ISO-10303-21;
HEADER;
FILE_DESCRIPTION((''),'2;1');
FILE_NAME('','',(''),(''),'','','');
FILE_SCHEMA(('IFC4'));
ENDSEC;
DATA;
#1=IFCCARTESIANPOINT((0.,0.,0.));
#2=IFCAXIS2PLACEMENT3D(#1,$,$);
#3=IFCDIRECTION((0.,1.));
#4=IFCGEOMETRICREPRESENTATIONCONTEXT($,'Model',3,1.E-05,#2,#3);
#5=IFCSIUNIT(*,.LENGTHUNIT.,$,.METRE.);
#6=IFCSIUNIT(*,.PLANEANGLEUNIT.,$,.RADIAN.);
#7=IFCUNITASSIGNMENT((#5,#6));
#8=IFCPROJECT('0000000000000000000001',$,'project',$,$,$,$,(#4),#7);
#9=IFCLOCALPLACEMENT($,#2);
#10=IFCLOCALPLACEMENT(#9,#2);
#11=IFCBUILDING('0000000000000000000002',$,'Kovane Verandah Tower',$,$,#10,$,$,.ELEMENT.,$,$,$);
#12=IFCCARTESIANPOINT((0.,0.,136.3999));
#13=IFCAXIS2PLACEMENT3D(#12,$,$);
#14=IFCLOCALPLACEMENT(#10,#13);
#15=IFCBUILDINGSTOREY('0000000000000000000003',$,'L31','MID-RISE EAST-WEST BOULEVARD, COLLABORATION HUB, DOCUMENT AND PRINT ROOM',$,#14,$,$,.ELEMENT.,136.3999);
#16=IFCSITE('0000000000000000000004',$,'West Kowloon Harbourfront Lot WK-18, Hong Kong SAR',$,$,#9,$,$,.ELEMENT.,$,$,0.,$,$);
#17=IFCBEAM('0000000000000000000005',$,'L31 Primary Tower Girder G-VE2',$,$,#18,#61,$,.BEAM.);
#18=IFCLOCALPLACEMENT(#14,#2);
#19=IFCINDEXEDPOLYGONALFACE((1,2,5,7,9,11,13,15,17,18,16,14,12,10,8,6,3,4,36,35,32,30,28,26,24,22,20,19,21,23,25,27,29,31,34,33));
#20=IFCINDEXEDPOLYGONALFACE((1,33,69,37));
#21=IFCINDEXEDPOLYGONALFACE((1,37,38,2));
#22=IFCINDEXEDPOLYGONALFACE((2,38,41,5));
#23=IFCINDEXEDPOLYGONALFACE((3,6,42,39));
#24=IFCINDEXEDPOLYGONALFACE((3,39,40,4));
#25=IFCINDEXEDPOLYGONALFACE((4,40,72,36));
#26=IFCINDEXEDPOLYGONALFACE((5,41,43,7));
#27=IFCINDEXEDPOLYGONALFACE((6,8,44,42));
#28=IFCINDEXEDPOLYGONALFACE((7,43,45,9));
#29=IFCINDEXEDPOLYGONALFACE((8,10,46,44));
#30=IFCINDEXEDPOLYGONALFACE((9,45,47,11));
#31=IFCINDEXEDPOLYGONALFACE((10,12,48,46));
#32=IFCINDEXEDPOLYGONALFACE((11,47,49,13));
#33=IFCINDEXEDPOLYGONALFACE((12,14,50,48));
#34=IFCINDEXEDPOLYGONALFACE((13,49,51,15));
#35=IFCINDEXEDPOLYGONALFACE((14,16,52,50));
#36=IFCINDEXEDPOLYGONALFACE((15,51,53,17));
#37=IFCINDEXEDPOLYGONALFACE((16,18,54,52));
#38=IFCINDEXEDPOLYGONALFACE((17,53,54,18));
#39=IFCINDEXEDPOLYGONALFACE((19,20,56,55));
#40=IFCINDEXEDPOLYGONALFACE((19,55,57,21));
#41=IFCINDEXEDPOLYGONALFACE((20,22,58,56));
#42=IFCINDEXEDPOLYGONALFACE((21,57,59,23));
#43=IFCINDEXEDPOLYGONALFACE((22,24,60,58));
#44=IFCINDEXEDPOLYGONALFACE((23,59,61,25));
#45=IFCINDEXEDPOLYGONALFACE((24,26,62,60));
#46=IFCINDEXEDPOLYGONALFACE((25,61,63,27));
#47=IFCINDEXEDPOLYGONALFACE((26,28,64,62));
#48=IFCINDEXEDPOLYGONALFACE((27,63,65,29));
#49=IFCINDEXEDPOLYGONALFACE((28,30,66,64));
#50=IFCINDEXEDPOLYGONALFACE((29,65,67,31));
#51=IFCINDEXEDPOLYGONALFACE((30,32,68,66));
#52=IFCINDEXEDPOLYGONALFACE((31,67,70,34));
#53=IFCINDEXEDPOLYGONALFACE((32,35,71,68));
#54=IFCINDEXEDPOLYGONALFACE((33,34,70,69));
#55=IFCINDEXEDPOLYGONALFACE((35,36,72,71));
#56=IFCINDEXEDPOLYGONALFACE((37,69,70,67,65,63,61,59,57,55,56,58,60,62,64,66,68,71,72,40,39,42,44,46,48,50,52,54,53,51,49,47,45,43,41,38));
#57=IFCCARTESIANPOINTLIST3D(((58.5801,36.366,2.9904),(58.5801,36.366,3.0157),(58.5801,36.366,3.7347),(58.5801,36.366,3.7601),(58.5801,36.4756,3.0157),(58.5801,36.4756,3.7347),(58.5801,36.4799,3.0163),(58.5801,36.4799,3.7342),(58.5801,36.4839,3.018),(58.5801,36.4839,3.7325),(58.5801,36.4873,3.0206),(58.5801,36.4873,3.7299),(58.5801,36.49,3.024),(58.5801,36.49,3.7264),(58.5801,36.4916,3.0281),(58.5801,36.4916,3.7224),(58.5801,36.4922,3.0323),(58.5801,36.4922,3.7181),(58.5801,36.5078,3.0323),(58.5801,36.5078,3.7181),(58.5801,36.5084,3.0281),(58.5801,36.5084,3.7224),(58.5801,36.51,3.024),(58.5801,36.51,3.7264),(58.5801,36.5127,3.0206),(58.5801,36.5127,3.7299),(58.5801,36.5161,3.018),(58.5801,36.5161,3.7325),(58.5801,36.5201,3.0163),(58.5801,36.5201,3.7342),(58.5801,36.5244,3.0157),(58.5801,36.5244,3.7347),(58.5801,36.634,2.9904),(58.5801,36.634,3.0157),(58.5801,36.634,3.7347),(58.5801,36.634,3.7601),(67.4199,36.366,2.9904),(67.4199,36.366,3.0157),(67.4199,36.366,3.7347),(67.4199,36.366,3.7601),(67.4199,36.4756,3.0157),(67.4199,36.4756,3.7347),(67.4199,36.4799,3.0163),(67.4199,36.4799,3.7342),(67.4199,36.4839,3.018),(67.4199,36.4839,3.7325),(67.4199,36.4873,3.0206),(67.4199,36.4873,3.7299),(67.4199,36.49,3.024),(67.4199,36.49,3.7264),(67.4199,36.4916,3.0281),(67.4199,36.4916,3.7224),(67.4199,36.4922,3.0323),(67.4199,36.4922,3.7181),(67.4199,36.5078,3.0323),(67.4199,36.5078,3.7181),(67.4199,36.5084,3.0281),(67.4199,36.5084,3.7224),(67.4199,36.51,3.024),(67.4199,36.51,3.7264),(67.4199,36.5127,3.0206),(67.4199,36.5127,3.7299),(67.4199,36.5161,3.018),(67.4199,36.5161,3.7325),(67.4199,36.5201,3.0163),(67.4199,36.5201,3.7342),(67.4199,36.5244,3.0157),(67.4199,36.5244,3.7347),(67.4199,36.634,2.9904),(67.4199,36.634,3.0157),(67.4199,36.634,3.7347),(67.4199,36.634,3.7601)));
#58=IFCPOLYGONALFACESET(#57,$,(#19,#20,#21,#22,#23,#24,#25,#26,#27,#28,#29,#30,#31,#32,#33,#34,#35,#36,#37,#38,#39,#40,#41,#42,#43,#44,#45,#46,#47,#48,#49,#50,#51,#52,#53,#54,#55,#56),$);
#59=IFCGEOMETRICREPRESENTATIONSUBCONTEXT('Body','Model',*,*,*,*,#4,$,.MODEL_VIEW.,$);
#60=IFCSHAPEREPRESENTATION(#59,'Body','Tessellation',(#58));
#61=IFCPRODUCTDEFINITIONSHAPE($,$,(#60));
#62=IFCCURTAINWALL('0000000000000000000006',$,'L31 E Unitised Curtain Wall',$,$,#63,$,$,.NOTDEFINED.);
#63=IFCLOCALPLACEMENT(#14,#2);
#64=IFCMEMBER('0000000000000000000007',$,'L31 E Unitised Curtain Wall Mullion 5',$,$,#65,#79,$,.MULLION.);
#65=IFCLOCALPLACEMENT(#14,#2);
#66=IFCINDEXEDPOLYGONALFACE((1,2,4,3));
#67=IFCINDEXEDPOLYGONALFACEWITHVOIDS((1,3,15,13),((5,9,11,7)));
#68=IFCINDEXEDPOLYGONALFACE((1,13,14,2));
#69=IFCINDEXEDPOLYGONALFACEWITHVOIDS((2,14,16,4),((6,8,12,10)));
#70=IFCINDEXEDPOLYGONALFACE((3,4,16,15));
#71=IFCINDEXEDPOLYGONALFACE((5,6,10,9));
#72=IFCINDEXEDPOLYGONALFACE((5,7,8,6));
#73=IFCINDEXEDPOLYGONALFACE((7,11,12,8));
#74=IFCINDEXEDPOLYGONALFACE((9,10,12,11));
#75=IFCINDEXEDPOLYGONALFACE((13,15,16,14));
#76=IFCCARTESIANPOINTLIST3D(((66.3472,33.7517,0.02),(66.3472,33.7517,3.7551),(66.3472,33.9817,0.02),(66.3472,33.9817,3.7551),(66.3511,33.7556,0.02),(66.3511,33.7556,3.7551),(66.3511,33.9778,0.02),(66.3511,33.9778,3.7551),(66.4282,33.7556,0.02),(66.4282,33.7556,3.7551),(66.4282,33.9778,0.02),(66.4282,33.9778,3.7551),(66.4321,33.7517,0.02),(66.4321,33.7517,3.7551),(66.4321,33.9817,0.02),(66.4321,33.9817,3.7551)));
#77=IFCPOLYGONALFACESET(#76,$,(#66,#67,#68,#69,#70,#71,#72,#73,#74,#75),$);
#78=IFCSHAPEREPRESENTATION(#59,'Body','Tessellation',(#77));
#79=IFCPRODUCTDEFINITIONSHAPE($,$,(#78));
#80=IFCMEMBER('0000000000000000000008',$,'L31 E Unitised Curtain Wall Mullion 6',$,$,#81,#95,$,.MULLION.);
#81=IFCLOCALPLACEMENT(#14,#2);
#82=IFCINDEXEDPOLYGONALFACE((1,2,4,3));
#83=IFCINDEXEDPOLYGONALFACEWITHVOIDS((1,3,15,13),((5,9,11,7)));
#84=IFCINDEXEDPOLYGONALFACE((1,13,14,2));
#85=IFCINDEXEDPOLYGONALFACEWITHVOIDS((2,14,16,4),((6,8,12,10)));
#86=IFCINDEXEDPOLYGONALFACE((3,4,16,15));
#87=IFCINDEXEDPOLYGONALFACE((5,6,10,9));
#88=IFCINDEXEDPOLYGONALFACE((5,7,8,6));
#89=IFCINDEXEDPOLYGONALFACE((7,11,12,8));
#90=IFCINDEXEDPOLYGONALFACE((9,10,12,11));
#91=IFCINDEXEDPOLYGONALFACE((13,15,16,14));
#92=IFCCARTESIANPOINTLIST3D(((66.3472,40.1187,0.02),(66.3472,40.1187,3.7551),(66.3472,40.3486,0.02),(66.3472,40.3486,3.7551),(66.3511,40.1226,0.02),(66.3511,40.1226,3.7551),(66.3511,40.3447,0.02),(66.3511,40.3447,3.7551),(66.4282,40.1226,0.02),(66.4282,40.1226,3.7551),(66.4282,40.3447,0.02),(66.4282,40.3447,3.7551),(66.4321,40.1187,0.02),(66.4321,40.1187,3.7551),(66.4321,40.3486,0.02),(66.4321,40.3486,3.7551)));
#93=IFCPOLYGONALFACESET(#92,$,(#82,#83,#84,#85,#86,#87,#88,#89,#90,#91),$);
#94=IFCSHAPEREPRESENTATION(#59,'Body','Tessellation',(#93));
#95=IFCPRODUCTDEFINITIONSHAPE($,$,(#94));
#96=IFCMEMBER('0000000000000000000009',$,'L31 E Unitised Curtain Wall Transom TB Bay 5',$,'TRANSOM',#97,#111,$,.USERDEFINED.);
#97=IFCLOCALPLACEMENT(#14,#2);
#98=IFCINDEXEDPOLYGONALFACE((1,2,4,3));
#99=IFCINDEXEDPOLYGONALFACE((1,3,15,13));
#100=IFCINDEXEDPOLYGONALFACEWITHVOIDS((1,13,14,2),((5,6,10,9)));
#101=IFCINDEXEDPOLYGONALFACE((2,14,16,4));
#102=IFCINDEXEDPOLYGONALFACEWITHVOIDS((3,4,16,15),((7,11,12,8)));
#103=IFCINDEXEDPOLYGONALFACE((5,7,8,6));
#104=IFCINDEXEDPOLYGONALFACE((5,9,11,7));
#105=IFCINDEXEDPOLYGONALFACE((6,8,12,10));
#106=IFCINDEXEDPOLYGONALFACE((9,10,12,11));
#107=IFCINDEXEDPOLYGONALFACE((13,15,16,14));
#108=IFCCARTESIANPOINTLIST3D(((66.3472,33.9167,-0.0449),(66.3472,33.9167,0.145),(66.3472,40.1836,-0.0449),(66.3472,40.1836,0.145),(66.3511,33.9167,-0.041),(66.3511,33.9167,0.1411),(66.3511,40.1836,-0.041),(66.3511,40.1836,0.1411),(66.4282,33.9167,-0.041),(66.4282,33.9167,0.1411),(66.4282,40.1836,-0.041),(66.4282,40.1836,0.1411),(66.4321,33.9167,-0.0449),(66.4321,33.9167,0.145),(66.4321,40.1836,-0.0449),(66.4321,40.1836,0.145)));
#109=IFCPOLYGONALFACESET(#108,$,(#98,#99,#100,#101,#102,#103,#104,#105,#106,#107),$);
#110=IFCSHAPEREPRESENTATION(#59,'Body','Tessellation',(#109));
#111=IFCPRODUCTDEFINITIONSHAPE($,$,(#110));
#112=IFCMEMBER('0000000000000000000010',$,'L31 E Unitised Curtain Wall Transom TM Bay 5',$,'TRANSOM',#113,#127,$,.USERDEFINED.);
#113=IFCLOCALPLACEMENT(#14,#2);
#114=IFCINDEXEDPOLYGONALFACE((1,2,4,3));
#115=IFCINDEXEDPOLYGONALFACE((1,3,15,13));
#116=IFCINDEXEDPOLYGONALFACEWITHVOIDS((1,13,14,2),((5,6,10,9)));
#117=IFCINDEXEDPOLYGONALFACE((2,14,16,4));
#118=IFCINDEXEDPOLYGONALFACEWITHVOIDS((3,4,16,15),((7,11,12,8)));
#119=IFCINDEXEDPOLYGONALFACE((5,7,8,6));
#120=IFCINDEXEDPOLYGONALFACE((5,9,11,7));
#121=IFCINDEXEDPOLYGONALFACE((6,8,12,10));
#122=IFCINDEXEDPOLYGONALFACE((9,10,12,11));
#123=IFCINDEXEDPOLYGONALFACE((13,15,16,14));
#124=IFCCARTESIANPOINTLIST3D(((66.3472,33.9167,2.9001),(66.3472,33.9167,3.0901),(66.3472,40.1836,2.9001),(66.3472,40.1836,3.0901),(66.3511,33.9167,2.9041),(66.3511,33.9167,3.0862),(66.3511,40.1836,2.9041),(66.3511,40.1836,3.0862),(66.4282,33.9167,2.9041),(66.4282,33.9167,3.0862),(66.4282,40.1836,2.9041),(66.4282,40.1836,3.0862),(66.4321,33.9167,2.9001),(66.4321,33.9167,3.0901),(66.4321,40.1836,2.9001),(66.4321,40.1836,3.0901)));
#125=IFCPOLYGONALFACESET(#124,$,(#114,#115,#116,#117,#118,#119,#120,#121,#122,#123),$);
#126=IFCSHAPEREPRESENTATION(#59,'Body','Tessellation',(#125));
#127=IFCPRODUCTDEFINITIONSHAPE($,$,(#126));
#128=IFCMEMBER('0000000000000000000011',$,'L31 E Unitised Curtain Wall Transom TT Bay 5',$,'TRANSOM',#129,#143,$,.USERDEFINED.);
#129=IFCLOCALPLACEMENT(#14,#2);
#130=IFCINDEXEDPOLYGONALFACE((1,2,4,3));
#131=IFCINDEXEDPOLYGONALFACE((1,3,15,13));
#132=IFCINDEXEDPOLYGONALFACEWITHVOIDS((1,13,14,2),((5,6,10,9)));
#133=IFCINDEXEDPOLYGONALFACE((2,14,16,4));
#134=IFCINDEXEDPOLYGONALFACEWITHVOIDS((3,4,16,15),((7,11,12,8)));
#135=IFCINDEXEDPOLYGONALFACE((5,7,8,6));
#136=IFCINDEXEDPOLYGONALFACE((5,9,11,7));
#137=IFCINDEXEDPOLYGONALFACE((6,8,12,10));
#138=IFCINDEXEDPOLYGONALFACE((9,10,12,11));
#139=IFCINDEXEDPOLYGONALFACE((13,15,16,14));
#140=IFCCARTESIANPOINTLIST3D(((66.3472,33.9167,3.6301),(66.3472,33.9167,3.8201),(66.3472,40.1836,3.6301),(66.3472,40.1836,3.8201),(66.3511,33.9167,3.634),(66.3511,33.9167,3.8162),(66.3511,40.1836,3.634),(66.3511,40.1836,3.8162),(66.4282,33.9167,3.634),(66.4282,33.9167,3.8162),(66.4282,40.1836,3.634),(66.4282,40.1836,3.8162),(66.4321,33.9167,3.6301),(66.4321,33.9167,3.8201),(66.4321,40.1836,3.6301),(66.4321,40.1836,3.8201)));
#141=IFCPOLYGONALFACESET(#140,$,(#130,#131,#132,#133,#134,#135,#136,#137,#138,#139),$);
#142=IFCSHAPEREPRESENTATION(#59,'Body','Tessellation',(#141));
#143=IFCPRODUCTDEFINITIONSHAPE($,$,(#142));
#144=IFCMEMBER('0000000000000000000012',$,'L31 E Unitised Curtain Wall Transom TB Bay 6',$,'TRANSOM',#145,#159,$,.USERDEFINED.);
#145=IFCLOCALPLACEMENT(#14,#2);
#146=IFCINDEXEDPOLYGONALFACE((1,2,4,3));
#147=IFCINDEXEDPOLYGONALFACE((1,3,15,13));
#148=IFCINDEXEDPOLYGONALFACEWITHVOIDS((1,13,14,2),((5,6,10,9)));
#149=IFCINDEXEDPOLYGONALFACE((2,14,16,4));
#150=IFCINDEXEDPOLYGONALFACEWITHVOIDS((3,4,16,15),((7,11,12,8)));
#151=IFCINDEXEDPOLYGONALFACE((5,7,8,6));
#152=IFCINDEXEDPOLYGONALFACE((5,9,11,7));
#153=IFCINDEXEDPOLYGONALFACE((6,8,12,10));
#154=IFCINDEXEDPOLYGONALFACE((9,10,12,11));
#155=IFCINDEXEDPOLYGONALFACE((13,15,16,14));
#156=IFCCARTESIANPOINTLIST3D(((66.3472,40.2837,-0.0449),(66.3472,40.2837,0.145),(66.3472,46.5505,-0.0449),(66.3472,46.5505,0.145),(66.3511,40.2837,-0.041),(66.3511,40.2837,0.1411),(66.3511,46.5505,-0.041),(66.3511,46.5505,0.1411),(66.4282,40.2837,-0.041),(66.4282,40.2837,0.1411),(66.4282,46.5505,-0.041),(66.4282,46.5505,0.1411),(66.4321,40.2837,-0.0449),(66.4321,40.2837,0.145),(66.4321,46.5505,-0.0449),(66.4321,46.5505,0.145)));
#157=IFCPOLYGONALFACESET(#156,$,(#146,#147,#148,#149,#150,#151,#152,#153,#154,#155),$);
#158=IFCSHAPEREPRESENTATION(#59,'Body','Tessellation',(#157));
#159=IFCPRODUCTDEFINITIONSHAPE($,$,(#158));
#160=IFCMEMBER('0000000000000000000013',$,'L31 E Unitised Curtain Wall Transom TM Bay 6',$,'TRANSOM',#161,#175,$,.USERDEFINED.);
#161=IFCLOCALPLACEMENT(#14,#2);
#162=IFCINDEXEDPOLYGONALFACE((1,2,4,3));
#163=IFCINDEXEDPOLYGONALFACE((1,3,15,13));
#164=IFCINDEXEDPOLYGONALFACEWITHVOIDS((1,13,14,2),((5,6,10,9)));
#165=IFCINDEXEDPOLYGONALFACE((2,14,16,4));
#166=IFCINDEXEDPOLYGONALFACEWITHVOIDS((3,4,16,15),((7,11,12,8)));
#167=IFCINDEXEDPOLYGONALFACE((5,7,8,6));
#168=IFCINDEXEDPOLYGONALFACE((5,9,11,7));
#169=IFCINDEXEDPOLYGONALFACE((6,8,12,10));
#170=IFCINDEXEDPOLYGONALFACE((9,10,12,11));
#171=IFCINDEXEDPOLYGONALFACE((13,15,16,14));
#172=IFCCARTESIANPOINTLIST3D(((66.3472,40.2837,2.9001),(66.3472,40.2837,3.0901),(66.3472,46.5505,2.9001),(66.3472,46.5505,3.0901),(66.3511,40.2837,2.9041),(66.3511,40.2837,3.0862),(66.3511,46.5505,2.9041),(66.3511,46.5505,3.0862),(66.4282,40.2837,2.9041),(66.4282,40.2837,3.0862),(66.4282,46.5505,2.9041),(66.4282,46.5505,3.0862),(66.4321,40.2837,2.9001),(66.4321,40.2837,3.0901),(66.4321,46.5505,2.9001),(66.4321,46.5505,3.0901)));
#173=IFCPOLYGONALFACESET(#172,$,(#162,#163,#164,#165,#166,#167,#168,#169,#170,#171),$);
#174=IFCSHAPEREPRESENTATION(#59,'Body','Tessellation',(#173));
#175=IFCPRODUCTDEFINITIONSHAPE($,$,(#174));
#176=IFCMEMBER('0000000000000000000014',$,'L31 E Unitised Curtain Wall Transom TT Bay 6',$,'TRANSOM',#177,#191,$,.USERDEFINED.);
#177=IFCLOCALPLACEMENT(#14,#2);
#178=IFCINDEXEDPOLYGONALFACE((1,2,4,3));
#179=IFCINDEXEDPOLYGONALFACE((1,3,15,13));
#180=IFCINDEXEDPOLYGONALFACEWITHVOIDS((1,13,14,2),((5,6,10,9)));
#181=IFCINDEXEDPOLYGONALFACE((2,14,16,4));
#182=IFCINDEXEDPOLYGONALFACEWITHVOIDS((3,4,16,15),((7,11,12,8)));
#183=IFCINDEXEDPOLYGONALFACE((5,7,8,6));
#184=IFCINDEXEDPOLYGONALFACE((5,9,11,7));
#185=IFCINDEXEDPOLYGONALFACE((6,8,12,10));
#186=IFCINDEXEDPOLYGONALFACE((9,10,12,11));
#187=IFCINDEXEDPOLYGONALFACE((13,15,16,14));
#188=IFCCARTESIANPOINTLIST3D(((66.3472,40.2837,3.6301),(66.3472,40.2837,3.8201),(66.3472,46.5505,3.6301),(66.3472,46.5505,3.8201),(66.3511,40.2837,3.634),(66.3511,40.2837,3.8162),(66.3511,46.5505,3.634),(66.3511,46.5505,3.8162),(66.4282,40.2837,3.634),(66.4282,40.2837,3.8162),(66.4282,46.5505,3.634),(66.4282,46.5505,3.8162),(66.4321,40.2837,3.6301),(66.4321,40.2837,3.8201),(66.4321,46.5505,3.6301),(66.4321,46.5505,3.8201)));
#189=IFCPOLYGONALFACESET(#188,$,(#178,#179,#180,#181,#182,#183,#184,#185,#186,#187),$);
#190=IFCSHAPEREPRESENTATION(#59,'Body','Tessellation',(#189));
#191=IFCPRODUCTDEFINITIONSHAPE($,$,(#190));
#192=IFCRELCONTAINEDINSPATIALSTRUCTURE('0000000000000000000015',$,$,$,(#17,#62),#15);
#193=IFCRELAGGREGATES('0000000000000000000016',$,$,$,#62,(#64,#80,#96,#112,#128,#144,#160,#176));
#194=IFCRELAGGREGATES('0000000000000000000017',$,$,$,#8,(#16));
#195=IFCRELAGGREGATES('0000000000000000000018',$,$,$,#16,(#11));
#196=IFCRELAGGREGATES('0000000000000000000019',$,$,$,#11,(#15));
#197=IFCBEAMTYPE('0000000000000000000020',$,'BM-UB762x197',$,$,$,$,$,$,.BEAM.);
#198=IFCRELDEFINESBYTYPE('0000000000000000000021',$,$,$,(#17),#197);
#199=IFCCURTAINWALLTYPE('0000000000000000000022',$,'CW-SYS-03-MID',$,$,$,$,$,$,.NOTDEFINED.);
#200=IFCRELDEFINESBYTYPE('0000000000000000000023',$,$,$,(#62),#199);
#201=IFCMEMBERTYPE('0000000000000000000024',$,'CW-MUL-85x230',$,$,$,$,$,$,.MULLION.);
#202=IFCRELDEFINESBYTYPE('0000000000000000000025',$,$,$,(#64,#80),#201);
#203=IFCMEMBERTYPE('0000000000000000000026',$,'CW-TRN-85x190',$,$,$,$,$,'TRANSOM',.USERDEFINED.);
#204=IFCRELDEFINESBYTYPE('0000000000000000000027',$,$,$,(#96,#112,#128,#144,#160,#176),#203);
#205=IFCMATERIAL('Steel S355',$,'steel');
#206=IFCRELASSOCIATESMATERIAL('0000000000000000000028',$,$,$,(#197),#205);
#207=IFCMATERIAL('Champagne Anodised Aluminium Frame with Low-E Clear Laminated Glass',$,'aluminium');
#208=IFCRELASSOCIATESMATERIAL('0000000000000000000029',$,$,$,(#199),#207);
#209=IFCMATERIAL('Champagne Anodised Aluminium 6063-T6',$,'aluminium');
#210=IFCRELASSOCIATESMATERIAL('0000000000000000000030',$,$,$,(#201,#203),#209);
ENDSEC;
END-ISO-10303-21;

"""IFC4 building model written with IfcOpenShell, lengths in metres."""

from ifc_helpers import new_model, si_unit, direction, frame, origin, origin_2d, place, context, subcontext, project, spatial, hollow_rectangle, i_section, extrude, material, material_profile, profile_set, type_object, element, aggregate, save


model = new_model("IFC4")

# Units and contexts
model_context = context("Model", 3, precision=1e-05, world=origin(), true_north=direction((0.0, 1.0)))
body_context = subcontext(model_context, "Body", "Model", "MODEL_VIEW")
ifc_project = project(units=[si_unit("LENGTHUNIT", "METRE"), si_unit("PLANEANGLEUNIT", "RADIAN")], contexts=[model_context])

# Site, building, storey
site_placement = place(None, origin())
site = spatial("IfcSite", under=ifc_project, at=site_placement, Name="West Kowloon Harbourfront Lot WK-18, Hong Kong SAR", CompositionType="ELEMENT", RefElevation=0.0)
building_placement = place(site_placement, origin())
building = spatial("IfcBuilding", under=site, at=building_placement, Name="Kovane Verandah Tower", CompositionType="ELEMENT")
storey_placement = place(building_placement, frame((0.0, 0.0, 136.3999)))
storey = spatial("IfcBuildingStorey", under=building, at=storey_placement, Name="L31", Description="MID-RISE EAST-WEST BOULEVARD, COLLABORATION HUB, DOCUMENT AND PRINT ROOM", CompositionType="ELEMENT", Elevation=136.3999)

# Beam
ifc_material_1 = material(Name="Steel S355", Category="steel")
ifc_material_profile_1 = material_profile(ifc_material_1, i_section(OverallWidth=0.2681, OverallDepth=0.7698, WebThickness=0.0156, FlangeThickness=0.0254, FilletRadius=0.0166, at=origin_2d()), Name="UB762x267x197")
ifc_profile_set_1 = profile_set([ifc_material_profile_1], Name="Steel S355")
beam_type_1 = type_object("IfcBeamType", Name="BM-UB762x197", PredefinedType="BEAM", material=ifc_profile_set_1)
beam_1_placement = place(storey_placement, frame((58.5801, 36.5, 3.3752), z_axis=(1.0, 0.0, 0.0), x_axis=(0.0, 1.0, 0.0)))
element("IfcBeam", 1, at=beam_1_placement, inside=storey, type_object=beam_type_1, Name="L31 Primary Tower Girder G-VE2", PredefinedType="BEAM", context=body_context, shape_type="SweptSolid", body=[
    extrude(i_section(OverallWidth=0.2681, OverallDepth=0.7698, WebThickness=0.0156, FlangeThickness=0.0254, FilletRadius=0.0166, at=origin_2d()), origin(), (0.0, 0.0, 1.0), 8.8398),
])

# Curtain wall, members
ifc_material_2 = material(Name="Champagne Anodised Aluminium Frame with Low-E Clear Laminated Glass", Category="aluminium")
curtain_wall_type = type_object("IfcCurtainWallType", Name="CW-SYS-03-MID", PredefinedType="NOTDEFINED", material=ifc_material_2)
curtain_wall_placement = place(storey_placement, origin())
curtain_wall = element("IfcCurtainWall", 2, at=curtain_wall_placement, inside=storey, type_object=curtain_wall_type, Name="L31 E Unitised Curtain Wall", PredefinedType="NOTDEFINED")
ifc_material_3 = material(Name="Champagne Anodised Aluminium 6063-T6", Category="aluminium")
ifc_material_profile_2 = material_profile(ifc_material_3, hollow_rectangle(XDim=0.085, YDim=0.23, WallThickness=0.0039, at=origin_2d()), Name="AL85x230x4")
ifc_profile_set_2 = profile_set([ifc_material_profile_2], Name="Champagne Anodised Aluminium 6063-T6")
member_type_1 = type_object("IfcMemberType", Name="CW-MUL-85x230", PredefinedType="MULLION", material=ifc_profile_set_2)
member_1_placement = place(storey_placement, frame((66.3896, 33.8667, 0.02), z_axis=(0.0, 0.0, 1.0), x_axis=(1.0, 0.0, 0.0)))
member_1 = element("IfcMember", 3, at=member_1_placement, type_object=member_type_1, Name="L31 E Unitised Curtain Wall Mullion 5", PredefinedType="MULLION", context=body_context, shape_type="SweptSolid", body=[
    extrude(hollow_rectangle(XDim=0.085, YDim=0.23, WallThickness=0.0039, at=origin_2d()), origin(), (0.0, 0.0, 1.0), 3.7351),
])
member_2_placement = place(storey_placement, frame((66.3896, 40.2336, 0.02), z_axis=(0.0, 0.0, 1.0), x_axis=(1.0, 0.0, 0.0)))
member_2 = element("IfcMember", 4, at=member_2_placement, type_object=member_type_1, Name="L31 E Unitised Curtain Wall Mullion 6", PredefinedType="MULLION", context=body_context, shape_type="SweptSolid", body=[
    extrude(hollow_rectangle(XDim=0.085, YDim=0.23, WallThickness=0.0039, at=origin_2d()), origin(), (0.0, 0.0, 1.0), 3.7351),
])
ifc_material_profile_3 = material_profile(ifc_material_3, hollow_rectangle(XDim=0.085, YDim=0.1899, WallThickness=0.0039, at=origin_2d()), Name="AL85x190x4")
ifc_profile_set_3 = profile_set([ifc_material_profile_3], Name="Champagne Anodised Aluminium 6063-T6")
member_type_2 = type_object("IfcMemberType", Name="CW-TRN-85x190", ElementType="TRANSOM", PredefinedType="USERDEFINED", material=ifc_profile_set_3)
member_3_placement = place(storey_placement, frame((66.3896, 33.9167, 0.05), z_axis=(0.0, 1.0, 0.0), x_axis=(-1.0, 0.0, 0.0)))
member_3 = element("IfcMember", 5, at=member_3_placement, type_object=member_type_2, Name="L31 E Unitised Curtain Wall Transom TB Bay 5", ObjectType="TRANSOM", PredefinedType="USERDEFINED", context=body_context, shape_type="SweptSolid", body=[
    extrude(hollow_rectangle(XDim=0.085, YDim=0.1899, WallThickness=0.0039, at=origin_2d()), origin(), (0.0, 0.0, 1.0), 6.2668),
])
member_4_placement = place(storey_placement, frame((66.3896, 33.9167, 2.9951), z_axis=(0.0, 1.0, 0.0), x_axis=(-1.0, 0.0, 0.0)))
member_4 = element("IfcMember", 6, at=member_4_placement, type_object=member_type_2, Name="L31 E Unitised Curtain Wall Transom TM Bay 5", ObjectType="TRANSOM", PredefinedType="USERDEFINED", context=body_context, shape_type="SweptSolid", body=[
    extrude(hollow_rectangle(XDim=0.085, YDim=0.1899, WallThickness=0.0039, at=origin_2d()), origin(), (0.0, 0.0, 1.0), 6.2668),
])
member_5_placement = place(storey_placement, frame((66.3896, 33.9167, 3.7251), z_axis=(0.0, 1.0, 0.0), x_axis=(-1.0, 0.0, 0.0)))
member_5 = element("IfcMember", 7, at=member_5_placement, type_object=member_type_2, Name="L31 E Unitised Curtain Wall Transom TT Bay 5", ObjectType="TRANSOM", PredefinedType="USERDEFINED", context=body_context, shape_type="SweptSolid", body=[
    extrude(hollow_rectangle(XDim=0.085, YDim=0.1899, WallThickness=0.0039, at=origin_2d()), origin(), (0.0, 0.0, 1.0), 6.2668),
])
member_6_placement = place(storey_placement, frame((66.3896, 40.2837, 0.05), z_axis=(0.0, 1.0, 0.0), x_axis=(-1.0, 0.0, 0.0)))
member_6 = element("IfcMember", 8, at=member_6_placement, type_object=member_type_2, Name="L31 E Unitised Curtain Wall Transom TB Bay 6", ObjectType="TRANSOM", PredefinedType="USERDEFINED", context=body_context, shape_type="SweptSolid", body=[
    extrude(hollow_rectangle(XDim=0.085, YDim=0.1899, WallThickness=0.0039, at=origin_2d()), origin(), (0.0, 0.0, 1.0), 6.2668),
])
member_7_placement = place(storey_placement, frame((66.3896, 40.2837, 2.9951), z_axis=(0.0, 1.0, 0.0), x_axis=(-1.0, 0.0, 0.0)))
member_7 = element("IfcMember", 9, at=member_7_placement, type_object=member_type_2, Name="L31 E Unitised Curtain Wall Transom TM Bay 6", ObjectType="TRANSOM", PredefinedType="USERDEFINED", context=body_context, shape_type="SweptSolid", body=[
    extrude(hollow_rectangle(XDim=0.085, YDim=0.1899, WallThickness=0.0039, at=origin_2d()), origin(), (0.0, 0.0, 1.0), 6.2668),
])
member_8_placement = place(storey_placement, frame((66.3896, 40.2837, 3.7251), z_axis=(0.0, 1.0, 0.0), x_axis=(-1.0, 0.0, 0.0)))
member_8 = element("IfcMember", 10, at=member_8_placement, type_object=member_type_2, Name="L31 E Unitised Curtain Wall Transom TT Bay 6", ObjectType="TRANSOM", PredefinedType="USERDEFINED", context=body_context, shape_type="SweptSolid", body=[
    extrude(hollow_rectangle(XDim=0.085, YDim=0.1899, WallThickness=0.0039, at=origin_2d()), origin(), (0.0, 0.0, 1.0), 6.2668),
])

aggregate(curtain_wall, [member_1, member_2, member_3, member_4, member_5, member_6, member_7, member_8])

save(model, "model.ifc")
